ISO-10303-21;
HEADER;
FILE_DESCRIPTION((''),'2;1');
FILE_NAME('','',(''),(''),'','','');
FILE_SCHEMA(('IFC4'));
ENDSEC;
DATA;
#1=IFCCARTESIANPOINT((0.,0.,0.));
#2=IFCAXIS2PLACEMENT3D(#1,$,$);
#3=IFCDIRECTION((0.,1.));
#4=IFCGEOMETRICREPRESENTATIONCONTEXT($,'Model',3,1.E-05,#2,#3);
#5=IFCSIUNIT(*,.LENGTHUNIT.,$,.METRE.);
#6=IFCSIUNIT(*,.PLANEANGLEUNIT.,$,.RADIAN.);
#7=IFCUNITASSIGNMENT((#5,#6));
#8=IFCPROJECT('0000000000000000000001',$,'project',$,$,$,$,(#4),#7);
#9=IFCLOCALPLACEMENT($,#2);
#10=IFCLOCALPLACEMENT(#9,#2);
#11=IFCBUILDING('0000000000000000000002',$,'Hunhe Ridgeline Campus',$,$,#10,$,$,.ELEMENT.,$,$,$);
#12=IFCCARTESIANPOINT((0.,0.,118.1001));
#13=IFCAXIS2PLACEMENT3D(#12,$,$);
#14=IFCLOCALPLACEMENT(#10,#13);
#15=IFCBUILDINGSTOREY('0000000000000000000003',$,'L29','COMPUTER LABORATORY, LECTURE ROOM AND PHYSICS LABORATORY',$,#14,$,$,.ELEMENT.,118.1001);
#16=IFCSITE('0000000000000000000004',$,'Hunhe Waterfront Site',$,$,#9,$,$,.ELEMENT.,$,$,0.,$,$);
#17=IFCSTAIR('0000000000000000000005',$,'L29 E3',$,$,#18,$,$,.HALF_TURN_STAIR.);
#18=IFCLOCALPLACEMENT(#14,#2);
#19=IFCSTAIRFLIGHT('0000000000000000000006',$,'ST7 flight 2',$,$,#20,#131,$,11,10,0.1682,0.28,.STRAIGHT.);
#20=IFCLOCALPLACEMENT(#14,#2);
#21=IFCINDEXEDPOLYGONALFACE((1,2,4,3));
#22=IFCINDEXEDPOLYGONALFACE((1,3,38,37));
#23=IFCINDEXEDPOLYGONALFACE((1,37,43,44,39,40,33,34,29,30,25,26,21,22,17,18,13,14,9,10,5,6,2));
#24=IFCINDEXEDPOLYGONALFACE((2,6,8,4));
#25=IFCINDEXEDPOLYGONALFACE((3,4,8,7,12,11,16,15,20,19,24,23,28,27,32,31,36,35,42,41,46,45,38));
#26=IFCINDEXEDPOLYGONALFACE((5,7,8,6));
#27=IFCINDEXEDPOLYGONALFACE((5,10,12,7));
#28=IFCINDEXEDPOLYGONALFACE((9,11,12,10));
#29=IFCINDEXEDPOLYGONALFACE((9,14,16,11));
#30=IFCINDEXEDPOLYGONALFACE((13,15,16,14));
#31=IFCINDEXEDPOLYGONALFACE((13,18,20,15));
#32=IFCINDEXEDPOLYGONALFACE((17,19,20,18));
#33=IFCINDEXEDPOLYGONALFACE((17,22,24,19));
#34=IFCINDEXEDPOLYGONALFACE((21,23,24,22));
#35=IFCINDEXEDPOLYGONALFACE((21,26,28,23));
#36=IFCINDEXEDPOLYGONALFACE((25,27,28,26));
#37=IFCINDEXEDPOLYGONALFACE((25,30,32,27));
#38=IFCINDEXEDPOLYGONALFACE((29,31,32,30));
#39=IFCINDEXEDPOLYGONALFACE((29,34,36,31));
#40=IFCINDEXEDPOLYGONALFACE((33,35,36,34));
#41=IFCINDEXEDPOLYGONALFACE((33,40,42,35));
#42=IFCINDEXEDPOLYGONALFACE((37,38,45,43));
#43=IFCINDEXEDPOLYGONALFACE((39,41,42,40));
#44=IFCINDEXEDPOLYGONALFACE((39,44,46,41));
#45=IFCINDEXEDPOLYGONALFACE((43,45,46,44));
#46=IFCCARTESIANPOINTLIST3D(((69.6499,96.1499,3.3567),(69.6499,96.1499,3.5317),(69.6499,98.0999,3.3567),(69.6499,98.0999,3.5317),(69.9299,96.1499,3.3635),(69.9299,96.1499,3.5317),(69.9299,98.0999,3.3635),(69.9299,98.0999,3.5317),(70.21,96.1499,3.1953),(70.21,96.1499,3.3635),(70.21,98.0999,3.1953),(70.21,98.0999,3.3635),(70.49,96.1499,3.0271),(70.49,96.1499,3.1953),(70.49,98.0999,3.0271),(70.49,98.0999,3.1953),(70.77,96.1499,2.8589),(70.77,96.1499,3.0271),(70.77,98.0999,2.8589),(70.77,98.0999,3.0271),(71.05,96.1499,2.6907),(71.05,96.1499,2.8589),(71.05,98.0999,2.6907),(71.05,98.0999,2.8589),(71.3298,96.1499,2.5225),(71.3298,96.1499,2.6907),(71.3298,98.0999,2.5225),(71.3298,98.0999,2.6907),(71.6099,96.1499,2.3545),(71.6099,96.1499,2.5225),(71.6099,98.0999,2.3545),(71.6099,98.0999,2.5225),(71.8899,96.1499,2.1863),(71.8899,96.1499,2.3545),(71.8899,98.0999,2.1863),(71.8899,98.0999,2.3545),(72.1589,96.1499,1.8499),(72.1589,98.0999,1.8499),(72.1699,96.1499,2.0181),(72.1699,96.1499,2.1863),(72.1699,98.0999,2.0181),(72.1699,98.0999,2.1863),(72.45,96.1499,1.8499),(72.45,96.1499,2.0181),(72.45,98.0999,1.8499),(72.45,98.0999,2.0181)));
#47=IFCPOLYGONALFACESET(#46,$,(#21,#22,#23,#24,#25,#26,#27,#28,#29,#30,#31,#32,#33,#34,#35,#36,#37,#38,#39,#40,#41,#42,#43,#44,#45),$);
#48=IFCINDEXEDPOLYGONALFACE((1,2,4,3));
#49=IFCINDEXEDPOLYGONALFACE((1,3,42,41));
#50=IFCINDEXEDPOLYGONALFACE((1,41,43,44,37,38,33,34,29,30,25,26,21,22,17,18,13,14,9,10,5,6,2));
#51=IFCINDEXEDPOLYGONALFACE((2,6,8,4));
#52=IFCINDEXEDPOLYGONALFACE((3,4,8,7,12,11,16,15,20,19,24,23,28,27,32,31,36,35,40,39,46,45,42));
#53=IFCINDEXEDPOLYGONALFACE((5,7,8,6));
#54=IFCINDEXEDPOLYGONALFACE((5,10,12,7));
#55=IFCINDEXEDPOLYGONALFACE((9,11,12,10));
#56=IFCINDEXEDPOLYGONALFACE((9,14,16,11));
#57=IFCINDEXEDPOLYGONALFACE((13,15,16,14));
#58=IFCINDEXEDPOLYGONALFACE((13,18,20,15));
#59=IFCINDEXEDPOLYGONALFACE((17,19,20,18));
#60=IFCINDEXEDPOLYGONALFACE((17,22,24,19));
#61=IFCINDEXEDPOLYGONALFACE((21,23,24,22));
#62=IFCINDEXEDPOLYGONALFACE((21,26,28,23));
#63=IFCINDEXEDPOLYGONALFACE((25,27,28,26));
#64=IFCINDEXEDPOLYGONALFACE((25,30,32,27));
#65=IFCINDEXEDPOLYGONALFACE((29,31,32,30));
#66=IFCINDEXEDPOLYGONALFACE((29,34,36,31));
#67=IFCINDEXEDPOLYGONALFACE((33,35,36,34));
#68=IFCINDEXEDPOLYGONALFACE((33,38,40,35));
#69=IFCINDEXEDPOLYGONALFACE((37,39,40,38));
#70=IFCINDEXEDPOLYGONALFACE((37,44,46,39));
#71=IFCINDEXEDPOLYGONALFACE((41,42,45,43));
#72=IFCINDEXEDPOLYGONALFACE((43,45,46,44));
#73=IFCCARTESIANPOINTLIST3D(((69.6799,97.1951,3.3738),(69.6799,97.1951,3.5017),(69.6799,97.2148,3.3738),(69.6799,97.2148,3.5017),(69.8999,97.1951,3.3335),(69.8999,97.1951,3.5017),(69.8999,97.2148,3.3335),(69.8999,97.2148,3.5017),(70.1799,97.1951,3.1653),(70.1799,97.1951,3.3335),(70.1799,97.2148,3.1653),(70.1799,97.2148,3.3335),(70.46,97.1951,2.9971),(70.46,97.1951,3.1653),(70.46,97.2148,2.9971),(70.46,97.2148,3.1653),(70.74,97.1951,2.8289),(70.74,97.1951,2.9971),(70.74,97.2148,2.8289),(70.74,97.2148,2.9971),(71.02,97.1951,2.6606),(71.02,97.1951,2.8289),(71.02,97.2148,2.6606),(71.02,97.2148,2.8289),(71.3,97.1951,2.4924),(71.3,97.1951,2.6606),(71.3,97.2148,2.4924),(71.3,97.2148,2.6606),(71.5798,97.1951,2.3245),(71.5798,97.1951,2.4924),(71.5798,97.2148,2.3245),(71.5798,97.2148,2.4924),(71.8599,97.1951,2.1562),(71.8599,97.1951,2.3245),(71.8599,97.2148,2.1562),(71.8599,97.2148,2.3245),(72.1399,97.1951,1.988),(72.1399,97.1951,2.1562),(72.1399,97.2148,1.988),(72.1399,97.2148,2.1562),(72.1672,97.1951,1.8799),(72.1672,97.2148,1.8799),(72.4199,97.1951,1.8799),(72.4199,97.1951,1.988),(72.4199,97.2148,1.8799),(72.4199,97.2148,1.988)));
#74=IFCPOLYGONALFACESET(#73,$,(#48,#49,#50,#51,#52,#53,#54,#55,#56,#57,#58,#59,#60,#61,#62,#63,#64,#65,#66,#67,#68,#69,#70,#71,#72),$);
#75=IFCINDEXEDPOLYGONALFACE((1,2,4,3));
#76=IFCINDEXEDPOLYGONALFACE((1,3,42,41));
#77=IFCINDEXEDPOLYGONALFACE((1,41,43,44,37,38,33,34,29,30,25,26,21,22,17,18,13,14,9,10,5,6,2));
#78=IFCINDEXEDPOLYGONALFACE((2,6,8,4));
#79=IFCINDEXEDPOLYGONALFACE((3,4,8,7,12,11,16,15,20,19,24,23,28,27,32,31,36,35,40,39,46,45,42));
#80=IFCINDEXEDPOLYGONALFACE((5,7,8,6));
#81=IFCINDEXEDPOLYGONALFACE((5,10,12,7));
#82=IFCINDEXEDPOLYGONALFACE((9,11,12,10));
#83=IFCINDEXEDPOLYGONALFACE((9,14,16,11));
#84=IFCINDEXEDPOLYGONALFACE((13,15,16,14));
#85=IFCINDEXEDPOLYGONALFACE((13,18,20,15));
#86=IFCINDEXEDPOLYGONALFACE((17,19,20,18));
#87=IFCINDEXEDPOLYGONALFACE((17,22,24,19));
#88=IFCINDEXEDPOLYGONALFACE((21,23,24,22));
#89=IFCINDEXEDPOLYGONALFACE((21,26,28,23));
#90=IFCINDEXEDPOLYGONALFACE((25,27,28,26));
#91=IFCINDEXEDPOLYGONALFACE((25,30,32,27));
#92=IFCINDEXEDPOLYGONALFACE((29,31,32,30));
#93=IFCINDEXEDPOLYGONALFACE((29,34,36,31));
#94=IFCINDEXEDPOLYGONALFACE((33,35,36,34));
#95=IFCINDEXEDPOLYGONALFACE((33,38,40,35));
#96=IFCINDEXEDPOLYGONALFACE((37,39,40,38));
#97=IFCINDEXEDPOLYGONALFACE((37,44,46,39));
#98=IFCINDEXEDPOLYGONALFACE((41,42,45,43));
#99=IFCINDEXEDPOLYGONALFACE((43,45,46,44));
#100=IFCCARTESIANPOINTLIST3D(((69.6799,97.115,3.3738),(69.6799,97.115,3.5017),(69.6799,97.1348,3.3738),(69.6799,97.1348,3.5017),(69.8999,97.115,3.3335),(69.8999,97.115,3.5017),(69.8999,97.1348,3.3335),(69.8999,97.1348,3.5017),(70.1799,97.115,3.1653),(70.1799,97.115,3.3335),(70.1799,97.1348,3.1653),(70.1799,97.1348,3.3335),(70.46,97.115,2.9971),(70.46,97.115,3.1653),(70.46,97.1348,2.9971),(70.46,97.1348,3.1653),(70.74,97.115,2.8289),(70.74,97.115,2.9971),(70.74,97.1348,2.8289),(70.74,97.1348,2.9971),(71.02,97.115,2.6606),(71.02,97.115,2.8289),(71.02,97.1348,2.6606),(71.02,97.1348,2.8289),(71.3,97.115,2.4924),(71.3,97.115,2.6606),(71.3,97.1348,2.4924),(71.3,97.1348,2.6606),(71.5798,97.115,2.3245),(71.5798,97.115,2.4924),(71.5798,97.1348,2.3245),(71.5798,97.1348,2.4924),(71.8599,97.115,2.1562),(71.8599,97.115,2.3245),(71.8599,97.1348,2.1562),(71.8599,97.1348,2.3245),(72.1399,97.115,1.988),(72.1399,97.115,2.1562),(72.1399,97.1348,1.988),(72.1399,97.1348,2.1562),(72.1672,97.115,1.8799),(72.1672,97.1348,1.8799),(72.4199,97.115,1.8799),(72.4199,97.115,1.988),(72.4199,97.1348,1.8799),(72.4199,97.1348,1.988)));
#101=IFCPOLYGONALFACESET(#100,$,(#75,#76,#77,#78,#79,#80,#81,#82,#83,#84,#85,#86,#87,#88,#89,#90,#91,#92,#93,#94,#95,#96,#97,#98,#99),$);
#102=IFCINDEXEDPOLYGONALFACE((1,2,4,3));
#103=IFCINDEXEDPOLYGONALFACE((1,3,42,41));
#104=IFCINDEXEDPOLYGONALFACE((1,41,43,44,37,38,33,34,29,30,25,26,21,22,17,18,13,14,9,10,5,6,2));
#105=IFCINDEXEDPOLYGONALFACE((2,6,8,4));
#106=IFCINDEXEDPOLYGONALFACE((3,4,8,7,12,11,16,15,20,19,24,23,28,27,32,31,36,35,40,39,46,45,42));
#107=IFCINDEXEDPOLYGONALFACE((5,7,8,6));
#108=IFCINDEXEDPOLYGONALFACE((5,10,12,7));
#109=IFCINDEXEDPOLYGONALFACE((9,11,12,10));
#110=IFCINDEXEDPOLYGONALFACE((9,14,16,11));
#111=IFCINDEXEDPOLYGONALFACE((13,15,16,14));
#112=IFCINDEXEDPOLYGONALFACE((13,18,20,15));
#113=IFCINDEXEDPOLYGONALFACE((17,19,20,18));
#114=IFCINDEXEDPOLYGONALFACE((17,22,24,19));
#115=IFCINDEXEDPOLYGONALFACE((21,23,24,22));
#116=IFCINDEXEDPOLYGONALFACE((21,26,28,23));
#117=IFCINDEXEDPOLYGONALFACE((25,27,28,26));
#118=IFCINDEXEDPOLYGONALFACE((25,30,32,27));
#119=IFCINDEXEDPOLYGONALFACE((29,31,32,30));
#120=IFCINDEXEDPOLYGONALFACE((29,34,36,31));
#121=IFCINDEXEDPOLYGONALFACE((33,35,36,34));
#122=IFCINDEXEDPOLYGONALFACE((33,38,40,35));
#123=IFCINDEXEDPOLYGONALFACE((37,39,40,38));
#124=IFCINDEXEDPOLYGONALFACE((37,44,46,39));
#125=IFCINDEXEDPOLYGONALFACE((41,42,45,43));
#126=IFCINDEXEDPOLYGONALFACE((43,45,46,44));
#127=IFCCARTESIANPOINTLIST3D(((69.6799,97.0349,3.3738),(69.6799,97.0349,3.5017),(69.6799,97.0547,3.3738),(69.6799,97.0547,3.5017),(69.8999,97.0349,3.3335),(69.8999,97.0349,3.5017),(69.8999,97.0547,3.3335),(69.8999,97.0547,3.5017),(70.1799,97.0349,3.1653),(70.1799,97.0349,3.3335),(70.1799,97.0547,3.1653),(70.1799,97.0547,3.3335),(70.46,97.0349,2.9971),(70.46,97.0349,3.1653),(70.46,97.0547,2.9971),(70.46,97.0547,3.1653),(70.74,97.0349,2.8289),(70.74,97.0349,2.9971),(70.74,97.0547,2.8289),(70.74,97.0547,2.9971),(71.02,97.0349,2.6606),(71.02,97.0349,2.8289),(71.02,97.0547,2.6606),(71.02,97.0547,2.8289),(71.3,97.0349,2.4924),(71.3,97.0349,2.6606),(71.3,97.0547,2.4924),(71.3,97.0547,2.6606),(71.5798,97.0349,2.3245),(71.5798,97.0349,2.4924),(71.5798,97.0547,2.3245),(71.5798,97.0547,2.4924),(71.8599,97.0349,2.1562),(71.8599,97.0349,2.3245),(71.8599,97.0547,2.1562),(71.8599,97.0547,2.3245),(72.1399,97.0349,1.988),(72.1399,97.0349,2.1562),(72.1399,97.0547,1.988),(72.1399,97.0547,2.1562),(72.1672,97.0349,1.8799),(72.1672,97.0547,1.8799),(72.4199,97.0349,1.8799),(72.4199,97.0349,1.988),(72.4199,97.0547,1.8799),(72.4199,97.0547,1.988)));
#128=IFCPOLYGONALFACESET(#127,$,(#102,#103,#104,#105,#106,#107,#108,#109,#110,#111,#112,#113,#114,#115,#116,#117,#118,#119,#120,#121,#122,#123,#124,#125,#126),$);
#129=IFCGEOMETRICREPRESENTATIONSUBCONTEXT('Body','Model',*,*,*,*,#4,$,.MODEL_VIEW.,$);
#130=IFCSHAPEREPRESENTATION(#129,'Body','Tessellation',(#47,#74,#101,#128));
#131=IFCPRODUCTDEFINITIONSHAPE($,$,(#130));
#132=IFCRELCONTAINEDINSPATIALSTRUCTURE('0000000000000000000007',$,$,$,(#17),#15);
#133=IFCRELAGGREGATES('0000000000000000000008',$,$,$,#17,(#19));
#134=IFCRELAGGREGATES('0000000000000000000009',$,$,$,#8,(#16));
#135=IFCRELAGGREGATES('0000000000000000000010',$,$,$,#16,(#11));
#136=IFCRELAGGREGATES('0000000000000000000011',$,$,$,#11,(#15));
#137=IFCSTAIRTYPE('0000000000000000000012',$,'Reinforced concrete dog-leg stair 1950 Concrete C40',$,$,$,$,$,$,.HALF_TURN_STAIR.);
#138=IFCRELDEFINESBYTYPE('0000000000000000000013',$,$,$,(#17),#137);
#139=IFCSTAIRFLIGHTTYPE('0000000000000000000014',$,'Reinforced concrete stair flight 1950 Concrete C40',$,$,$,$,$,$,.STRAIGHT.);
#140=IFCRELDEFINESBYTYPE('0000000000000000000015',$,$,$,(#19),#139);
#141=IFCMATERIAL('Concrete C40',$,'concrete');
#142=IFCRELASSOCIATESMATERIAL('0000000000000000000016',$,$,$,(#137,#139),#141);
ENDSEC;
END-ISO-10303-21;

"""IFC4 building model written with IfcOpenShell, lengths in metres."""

from ifc_helpers import new_model, si_unit, direction, frame, origin, place, context, subcontext, project, spatial, polyline, outline, extrude, material, type_object, element, aggregate, save


model = new_model("IFC4")

# Units and contexts
model_context = context("Model", 3, precision=1e-05, world=origin(), true_north=direction((0.0, 1.0)))
body_context = subcontext(model_context, "Body", "Model", "MODEL_VIEW")
ifc_project = project(units=[si_unit("LENGTHUNIT", "METRE"), si_unit("PLANEANGLEUNIT", "RADIAN")], contexts=[model_context])

# Site, building, storey
site_placement = place(None, origin())
site = spatial("IfcSite", under=ifc_project, at=site_placement, Name="Hunhe Waterfront Site", CompositionType="ELEMENT", RefElevation=0.0)
building_placement = place(site_placement, origin())
building = spatial("IfcBuilding", under=site, at=building_placement, Name="Hunhe Ridgeline Campus", CompositionType="ELEMENT")
storey_placement = place(building_placement, frame((0.0, 0.0, 118.1001)))
storey = spatial("IfcBuildingStorey", under=building, at=storey_placement, Name="L29", Description="COMPUTER LABORATORY, LECTURE ROOM AND PHYSICS LABORATORY", CompositionType="ELEMENT", Elevation=118.1001)

# Stair, stair flight
ifc_material_1 = material(Name="Concrete C40", Category="concrete")
stair_type = type_object("IfcStairType", Name="Reinforced concrete dog-leg stair 1950 Concrete C40", PredefinedType="HALF_TURN_STAIR", material=ifc_material_1)
stair_placement = place(storey_placement, origin())
stair = element("IfcStair", 1, at=stair_placement, inside=storey, type_object=stair_type, Name="L29 E3", PredefinedType="HALF_TURN_STAIR")
stair_flight_type = type_object("IfcStairFlightType", Name="Reinforced concrete stair flight 1950 Concrete C40", PredefinedType="STRAIGHT", material=ifc_material_1)
stair_flight_placement = place(storey_placement, frame((72.45, 97.125, 1.8499), z_axis=(0.0, 0.0, 1.0), x_axis=(-1.0, 0.0, 0.0)))
stair_flight = element("IfcStairFlight", 2, at=stair_flight_placement, type_object=stair_flight_type, Name="ST7 flight 2", NumberOfRisers=11, NumberOfTreads=10, PredefinedType="STRAIGHT", RiserHeight=0.1682, TreadLength=0.28, context=body_context, shape_type="SweptSolid", body=[
    extrude(outline(polyline([(0.0, 0.0), (0.0, 0.1682), (0.28, 0.1682), (0.28, 0.3364), (0.5601, 0.3364), (0.5601, 0.5046), (0.8401, 0.5046), (0.8401, 0.6726), (1.1201, 0.6726), (1.1201, 0.8408), (1.3999, 0.8408), (1.3999, 1.009), (1.6799, 1.009), (1.6799, 1.1772), (1.96, 1.1772), (1.96, 1.3455), (2.24, 1.3455), (2.24, 1.5137), (2.52, 1.5137), (2.52, 1.6819), (2.8, 1.6819), (2.8, 1.8501), (2.8, 1.5068), (0.291, 0.0), (0.0, 0.0)])), frame((0.0, 0.9751, 0.0), z_axis=(0.0, -1.0, 0.0), x_axis=(1.0, 0.0, 0.0)), (0.0, 0.0, 1.0), 1.95),
    extrude(outline(polyline([(0.03, 0.03), (0.03, 0.1382), (0.3101, 0.1382), (0.3101, 0.3064), (0.5901, 0.3064), (0.5901, 0.4746), (0.8701, 0.4746), (0.8701, 0.6426), (1.1499, 0.6426), (1.1499, 0.8108), (1.4299, 0.8108), (1.4299, 0.979), (1.71, 0.979), (1.71, 1.1472), (1.99, 1.1472), (1.99, 1.3154), (2.27, 1.3154), (2.27, 1.4836), (2.55, 1.4836), (2.55, 1.6519), (2.77, 1.6519), (2.77, 1.5239), (0.2827, 0.03), (0.03, 0.03)])), frame((0.0, -0.0701, 0.0), z_axis=(0.0, -1.0, 0.0), x_axis=(1.0, 0.0, 0.0)), (0.0, 0.0, 1.0), 0.0198),
    extrude(outline(polyline([(0.03, 0.03), (0.03, 0.1382), (0.3101, 0.1382), (0.3101, 0.3064), (0.5901, 0.3064), (0.5901, 0.4746), (0.8701, 0.4746), (0.8701, 0.6426), (1.1499, 0.6426), (1.1499, 0.8108), (1.4299, 0.8108), (1.4299, 0.979), (1.71, 0.979), (1.71, 1.1472), (1.99, 1.1472), (1.99, 1.3154), (2.27, 1.3154), (2.27, 1.4836), (2.55, 1.4836), (2.55, 1.6519), (2.77, 1.6519), (2.77, 1.5239), (0.2827, 0.03), (0.03, 0.03)])), frame((0.0, 0.01, 0.0), z_axis=(0.0, -1.0, 0.0), x_axis=(1.0, 0.0, 0.0)), (0.0, 0.0, 1.0), 0.0198),
    extrude(outline(polyline([(0.03, 0.03), (0.03, 0.1382), (0.3101, 0.1382), (0.3101, 0.3064), (0.5901, 0.3064), (0.5901, 0.4746), (0.8701, 0.4746), (0.8701, 0.6426), (1.1499, 0.6426), (1.1499, 0.8108), (1.4299, 0.8108), (1.4299, 0.979), (1.71, 0.979), (1.71, 1.1472), (1.99, 1.1472), (1.99, 1.3154), (2.27, 1.3154), (2.27, 1.4836), (2.55, 1.4836), (2.55, 1.6519), (2.77, 1.6519), (2.77, 1.5239), (0.2827, 0.03), (0.03, 0.03)])), frame((0.0, 0.0901, 0.0), z_axis=(0.0, -1.0, 0.0), x_axis=(1.0, 0.0, 0.0)), (0.0, 0.0, 1.0), 0.0198),
])
aggregate(stair, [stair_flight])

save(model, "model.ifc")
